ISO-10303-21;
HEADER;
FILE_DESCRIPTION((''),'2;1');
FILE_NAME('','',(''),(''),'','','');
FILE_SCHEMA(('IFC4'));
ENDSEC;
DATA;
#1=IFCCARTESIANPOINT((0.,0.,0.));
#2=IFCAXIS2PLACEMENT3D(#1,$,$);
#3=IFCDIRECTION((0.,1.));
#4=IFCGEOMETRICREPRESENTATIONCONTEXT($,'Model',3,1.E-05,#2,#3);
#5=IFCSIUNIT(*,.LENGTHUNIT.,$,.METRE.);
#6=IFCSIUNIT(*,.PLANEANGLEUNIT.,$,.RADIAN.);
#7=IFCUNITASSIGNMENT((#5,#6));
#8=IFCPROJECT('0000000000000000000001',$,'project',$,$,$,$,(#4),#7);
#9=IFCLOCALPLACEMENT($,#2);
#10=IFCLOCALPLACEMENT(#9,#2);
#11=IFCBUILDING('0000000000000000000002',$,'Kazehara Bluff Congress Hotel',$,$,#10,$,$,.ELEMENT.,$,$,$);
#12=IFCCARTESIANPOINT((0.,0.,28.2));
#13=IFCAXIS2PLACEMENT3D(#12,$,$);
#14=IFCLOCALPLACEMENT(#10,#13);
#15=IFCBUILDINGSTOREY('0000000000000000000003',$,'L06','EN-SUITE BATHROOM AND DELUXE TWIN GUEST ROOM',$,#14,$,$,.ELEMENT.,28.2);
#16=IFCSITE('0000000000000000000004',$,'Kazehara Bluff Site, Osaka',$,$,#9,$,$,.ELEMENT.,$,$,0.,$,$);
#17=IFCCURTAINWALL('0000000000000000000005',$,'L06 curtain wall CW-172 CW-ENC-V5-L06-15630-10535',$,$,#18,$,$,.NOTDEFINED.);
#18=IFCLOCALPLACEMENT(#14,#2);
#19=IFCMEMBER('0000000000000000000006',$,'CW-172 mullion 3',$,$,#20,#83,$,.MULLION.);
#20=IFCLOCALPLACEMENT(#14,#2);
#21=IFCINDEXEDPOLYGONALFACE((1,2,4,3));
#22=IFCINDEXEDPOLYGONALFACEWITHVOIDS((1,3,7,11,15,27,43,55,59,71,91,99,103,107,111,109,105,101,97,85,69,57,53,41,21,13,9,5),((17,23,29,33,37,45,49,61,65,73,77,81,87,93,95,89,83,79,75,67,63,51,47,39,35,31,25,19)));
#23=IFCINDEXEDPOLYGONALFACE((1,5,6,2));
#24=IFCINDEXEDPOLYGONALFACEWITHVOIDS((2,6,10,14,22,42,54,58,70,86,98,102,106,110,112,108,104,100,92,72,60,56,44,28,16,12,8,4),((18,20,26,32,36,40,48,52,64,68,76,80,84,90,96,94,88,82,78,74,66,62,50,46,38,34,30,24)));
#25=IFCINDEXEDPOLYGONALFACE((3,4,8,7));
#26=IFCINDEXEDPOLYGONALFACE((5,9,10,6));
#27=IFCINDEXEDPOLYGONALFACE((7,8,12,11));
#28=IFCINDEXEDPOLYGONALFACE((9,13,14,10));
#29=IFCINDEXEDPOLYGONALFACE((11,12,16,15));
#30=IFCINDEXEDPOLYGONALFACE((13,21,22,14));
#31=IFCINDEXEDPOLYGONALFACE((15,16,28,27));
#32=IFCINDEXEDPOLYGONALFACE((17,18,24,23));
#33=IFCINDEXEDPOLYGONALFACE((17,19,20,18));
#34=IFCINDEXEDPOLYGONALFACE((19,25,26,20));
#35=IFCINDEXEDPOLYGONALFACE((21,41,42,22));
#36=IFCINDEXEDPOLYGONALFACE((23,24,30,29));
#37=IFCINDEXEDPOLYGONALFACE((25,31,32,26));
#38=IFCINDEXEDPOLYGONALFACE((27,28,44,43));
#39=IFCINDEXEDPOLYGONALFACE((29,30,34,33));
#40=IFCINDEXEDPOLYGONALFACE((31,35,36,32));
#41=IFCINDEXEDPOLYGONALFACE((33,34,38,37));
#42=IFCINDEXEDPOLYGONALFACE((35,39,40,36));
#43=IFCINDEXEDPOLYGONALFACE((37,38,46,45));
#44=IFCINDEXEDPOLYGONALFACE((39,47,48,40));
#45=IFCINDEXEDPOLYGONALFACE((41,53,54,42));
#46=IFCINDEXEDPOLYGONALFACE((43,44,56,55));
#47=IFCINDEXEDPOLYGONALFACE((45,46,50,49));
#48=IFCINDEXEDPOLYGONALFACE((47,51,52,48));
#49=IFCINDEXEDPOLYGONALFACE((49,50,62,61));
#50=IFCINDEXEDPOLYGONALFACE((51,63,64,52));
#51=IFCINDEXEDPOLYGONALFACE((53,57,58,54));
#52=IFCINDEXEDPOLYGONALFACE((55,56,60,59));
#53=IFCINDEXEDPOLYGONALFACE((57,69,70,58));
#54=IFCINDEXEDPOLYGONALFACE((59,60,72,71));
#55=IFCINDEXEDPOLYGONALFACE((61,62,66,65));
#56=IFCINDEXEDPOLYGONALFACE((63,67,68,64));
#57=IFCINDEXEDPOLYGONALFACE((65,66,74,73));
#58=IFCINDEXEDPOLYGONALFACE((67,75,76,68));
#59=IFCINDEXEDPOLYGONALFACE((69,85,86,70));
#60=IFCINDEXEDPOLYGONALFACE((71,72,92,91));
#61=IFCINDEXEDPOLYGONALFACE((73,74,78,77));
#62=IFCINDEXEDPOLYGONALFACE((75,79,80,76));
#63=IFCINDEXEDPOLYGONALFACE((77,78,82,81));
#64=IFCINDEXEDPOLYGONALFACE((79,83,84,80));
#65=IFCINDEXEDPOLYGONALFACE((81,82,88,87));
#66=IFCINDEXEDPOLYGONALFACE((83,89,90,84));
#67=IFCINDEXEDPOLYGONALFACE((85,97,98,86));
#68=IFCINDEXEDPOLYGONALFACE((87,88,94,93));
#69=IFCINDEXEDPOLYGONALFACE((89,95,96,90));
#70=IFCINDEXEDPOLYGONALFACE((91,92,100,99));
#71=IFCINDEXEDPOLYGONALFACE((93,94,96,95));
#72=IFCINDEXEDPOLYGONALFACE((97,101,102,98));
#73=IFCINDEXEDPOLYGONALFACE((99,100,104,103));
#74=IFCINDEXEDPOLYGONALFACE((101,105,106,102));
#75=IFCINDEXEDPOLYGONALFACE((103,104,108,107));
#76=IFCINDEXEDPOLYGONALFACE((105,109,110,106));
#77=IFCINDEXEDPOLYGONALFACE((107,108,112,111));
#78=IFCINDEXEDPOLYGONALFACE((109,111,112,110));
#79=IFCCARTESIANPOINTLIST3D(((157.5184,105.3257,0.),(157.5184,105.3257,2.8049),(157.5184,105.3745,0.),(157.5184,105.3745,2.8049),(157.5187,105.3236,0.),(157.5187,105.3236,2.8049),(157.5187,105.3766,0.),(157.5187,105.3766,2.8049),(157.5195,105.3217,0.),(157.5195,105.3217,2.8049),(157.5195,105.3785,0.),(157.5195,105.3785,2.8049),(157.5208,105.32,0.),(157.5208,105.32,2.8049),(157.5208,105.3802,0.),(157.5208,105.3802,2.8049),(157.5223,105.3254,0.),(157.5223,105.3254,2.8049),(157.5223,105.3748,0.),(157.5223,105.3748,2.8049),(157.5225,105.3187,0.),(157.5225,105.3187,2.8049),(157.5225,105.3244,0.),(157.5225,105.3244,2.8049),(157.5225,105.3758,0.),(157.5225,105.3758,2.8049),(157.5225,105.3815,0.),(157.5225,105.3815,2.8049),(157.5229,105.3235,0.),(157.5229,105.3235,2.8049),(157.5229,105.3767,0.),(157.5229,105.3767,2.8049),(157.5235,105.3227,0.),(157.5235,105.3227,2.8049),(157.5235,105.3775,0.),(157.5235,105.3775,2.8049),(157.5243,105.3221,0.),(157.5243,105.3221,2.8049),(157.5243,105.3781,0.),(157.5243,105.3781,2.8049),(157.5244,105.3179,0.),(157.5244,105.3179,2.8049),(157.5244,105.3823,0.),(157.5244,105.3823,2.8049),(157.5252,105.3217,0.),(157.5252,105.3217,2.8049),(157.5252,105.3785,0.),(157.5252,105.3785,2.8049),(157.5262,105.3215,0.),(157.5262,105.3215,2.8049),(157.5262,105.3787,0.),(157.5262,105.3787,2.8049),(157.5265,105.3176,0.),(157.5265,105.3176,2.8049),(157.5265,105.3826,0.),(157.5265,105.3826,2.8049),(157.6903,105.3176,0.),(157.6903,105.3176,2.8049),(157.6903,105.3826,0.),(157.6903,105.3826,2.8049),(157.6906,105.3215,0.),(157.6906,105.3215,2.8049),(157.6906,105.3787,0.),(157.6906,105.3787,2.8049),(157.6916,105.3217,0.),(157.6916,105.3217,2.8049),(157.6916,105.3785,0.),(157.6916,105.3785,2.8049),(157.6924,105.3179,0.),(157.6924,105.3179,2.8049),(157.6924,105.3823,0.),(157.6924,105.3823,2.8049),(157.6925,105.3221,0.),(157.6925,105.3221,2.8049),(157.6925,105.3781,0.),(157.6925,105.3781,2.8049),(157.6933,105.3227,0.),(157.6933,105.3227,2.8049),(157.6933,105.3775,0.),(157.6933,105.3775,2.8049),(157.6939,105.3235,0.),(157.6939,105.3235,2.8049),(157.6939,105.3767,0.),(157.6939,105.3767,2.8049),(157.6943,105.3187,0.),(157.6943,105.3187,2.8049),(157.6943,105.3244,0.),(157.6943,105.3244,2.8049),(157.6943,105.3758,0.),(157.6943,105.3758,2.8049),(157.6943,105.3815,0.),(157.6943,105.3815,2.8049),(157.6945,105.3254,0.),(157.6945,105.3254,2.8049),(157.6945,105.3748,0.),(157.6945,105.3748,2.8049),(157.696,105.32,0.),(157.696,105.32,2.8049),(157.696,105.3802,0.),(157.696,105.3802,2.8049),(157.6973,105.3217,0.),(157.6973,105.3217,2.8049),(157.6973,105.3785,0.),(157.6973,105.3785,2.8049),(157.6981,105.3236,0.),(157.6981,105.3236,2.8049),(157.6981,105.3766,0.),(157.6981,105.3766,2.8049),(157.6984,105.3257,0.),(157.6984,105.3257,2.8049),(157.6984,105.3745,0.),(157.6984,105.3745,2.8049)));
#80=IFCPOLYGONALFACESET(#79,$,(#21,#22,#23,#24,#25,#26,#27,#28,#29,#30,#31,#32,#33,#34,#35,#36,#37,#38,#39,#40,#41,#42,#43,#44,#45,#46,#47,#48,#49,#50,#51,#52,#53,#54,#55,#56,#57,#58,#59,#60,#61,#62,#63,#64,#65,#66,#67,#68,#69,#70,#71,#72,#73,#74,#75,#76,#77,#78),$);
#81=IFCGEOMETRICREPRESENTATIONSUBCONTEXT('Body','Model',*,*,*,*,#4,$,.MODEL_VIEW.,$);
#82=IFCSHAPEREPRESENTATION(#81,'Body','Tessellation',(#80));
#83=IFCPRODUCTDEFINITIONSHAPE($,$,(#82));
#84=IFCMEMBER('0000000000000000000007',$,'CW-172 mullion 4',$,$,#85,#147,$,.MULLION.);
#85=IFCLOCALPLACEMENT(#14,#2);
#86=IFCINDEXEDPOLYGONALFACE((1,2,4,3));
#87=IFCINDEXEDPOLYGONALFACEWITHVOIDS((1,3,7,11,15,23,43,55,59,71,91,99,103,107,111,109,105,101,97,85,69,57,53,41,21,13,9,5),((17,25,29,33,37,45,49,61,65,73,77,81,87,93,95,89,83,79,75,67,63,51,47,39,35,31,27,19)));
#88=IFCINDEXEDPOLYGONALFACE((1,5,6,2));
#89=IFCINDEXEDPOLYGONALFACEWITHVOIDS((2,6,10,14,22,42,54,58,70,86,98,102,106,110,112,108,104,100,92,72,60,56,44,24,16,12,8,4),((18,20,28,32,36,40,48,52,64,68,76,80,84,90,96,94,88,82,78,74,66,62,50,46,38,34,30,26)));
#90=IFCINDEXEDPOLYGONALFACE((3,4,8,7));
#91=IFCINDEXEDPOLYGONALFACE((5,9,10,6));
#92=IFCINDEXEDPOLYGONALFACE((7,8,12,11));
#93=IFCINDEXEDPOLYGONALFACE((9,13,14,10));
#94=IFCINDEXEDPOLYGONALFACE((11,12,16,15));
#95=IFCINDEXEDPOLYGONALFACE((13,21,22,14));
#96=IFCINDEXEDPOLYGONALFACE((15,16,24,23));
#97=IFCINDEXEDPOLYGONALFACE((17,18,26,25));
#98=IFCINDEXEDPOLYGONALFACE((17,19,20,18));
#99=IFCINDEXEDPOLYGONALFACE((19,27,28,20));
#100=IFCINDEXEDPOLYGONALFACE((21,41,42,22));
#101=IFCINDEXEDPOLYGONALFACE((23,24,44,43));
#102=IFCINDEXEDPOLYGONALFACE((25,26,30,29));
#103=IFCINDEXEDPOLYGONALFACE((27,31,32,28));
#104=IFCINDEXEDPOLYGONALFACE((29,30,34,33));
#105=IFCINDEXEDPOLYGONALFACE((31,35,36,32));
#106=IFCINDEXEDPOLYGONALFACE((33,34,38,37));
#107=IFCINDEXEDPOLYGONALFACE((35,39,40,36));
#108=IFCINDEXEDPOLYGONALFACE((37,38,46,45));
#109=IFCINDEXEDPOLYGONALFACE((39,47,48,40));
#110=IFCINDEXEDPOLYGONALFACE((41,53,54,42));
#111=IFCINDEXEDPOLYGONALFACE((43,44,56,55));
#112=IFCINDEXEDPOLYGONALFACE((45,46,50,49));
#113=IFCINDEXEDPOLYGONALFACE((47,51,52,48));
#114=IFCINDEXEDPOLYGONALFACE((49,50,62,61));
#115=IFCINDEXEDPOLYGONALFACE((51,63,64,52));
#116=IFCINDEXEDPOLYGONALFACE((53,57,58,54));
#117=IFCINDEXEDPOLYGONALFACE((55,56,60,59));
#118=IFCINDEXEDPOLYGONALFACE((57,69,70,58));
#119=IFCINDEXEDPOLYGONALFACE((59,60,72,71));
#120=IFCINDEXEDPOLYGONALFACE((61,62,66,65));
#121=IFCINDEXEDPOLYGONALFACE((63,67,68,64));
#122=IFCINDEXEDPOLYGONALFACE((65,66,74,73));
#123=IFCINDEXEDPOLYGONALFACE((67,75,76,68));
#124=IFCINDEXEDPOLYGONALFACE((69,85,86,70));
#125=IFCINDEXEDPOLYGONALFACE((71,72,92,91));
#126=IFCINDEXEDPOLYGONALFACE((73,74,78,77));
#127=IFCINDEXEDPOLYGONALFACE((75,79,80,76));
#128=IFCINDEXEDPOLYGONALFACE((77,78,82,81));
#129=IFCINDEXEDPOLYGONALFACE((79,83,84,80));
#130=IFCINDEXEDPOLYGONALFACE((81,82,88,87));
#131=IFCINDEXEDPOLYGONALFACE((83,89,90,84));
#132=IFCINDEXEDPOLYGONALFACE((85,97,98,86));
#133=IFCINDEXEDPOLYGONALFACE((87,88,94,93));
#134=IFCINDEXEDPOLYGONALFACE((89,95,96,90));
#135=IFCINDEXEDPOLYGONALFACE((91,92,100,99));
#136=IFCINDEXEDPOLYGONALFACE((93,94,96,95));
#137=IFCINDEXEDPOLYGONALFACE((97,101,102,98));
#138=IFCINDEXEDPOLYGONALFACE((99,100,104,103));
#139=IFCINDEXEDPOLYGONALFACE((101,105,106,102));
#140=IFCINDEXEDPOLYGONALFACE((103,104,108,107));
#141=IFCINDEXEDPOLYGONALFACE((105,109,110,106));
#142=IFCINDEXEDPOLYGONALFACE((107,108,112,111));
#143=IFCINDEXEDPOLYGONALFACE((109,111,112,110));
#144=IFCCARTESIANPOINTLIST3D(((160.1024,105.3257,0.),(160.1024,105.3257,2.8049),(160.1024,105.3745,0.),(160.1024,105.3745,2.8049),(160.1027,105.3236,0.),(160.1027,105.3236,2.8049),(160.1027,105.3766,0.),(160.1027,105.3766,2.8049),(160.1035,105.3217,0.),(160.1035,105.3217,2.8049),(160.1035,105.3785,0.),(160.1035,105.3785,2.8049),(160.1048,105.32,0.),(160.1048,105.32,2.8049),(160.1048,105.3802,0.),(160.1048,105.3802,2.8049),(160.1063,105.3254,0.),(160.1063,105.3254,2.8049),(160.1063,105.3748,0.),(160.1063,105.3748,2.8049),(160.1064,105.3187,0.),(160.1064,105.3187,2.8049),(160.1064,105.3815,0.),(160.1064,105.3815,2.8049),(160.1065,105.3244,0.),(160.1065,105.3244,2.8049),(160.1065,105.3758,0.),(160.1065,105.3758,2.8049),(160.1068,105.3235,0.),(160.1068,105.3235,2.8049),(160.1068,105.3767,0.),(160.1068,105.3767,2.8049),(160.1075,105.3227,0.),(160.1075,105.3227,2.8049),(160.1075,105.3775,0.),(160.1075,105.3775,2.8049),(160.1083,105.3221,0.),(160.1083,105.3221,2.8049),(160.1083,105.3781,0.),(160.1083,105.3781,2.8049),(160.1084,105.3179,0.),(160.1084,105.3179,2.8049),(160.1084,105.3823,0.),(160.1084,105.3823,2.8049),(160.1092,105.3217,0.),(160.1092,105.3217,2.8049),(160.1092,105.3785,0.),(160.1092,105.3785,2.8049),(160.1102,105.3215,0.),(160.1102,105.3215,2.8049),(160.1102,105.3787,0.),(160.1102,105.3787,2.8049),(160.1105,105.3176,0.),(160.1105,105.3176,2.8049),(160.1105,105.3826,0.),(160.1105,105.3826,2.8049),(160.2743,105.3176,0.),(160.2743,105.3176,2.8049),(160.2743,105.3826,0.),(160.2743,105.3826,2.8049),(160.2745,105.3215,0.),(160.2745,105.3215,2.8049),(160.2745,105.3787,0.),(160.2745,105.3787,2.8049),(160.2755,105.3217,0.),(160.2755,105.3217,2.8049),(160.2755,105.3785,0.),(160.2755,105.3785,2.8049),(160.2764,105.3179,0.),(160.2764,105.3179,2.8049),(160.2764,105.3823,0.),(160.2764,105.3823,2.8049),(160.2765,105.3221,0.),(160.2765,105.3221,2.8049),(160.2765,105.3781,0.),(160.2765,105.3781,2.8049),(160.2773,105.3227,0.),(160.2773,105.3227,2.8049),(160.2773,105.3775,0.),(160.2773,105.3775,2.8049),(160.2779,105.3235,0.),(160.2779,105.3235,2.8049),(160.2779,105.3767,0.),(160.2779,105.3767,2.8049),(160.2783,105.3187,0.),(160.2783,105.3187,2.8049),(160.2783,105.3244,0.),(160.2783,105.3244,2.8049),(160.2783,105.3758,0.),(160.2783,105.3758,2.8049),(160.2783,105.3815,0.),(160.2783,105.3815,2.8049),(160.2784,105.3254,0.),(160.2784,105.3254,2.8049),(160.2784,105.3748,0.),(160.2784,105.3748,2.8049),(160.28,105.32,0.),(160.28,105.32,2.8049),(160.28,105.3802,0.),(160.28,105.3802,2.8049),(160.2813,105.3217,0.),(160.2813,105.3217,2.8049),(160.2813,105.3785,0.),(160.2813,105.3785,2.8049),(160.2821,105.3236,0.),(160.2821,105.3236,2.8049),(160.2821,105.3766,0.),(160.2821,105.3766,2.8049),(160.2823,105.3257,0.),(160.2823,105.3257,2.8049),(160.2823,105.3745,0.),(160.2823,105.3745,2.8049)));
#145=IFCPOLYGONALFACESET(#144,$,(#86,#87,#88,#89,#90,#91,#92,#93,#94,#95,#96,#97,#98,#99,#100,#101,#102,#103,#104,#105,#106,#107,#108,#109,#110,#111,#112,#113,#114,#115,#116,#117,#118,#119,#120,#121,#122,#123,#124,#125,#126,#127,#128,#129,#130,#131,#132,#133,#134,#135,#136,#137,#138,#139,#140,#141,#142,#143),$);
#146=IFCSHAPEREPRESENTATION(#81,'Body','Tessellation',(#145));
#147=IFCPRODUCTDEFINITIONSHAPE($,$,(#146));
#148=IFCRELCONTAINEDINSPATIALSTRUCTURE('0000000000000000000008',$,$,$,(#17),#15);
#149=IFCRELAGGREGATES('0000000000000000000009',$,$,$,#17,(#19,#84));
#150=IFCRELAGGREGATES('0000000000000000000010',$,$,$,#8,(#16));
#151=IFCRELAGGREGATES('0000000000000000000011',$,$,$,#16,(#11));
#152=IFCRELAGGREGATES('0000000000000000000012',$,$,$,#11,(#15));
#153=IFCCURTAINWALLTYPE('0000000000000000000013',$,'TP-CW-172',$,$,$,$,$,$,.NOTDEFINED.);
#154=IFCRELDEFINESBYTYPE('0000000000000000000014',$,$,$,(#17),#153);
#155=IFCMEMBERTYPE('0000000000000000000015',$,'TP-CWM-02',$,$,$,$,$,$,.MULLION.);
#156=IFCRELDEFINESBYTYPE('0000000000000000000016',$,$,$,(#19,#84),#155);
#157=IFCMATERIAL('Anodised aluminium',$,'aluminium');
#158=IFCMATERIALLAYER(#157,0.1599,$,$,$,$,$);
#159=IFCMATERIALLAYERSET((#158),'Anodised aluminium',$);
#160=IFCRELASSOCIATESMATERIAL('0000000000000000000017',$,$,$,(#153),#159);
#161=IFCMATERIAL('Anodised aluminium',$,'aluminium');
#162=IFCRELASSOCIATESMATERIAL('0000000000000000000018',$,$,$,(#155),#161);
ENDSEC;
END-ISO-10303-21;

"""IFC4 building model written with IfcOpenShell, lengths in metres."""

from ifc_helpers import new_model, si_unit, direction, frame, origin, origin_2d, place, context, subcontext, project, spatial, hollow_rectangle, extrude, material, layer, layer_set, material_profile, profile_set, type_object, element, aggregate, save


model = new_model("IFC4")

# Units and contexts
model_context = context("Model", 3, precision=1e-05, world=origin(), true_north=direction((0.0, 1.0)))
body_context = subcontext(model_context, "Body", "Model", "MODEL_VIEW")
ifc_project = project(units=[si_unit("LENGTHUNIT", "METRE"), si_unit("PLANEANGLEUNIT", "RADIAN")], contexts=[model_context])

# Site, building, storey
site_placement = place(None, origin())
site = spatial("IfcSite", under=ifc_project, at=site_placement, Name="Kazehara Bluff Site, Osaka", CompositionType="ELEMENT", RefElevation=0.0)
building_placement = place(site_placement, origin())
building = spatial("IfcBuilding", under=site, at=building_placement, Name="Kazehara Bluff Congress Hotel", CompositionType="ELEMENT")
storey_placement = place(building_placement, frame((0.0, 0.0, 28.2)))
storey = spatial("IfcBuildingStorey", under=building, at=storey_placement, Name="L06", Description="EN-SUITE BATHROOM AND DELUXE TWIN GUEST ROOM", CompositionType="ELEMENT", Elevation=28.2)

# Curtain wall, members
ifc_material_1 = material(Name="Anodised aluminium", Category="aluminium")
ifc_layer_1 = layer(ifc_material_1, 0.1599)
ifc_layer_set_1 = layer_set([ifc_layer_1], Name="Anodised aluminium")
curtain_wall_type = type_object("IfcCurtainWallType", Name="TP-CW-172", PredefinedType="NOTDEFINED", material=ifc_layer_set_1)
curtain_wall_placement = place(storey_placement, origin())
curtain_wall = element("IfcCurtainWall", 1, at=curtain_wall_placement, inside=storey, type_object=curtain_wall_type, Name="L06 curtain wall CW-172 CW-ENC-V5-L06-15630-10535", PredefinedType="NOTDEFINED")
ifc_material_2 = material(Name="Anodised aluminium", Category="aluminium")
ifc_material_profile_1 = material_profile(ifc_material_2, hollow_rectangle(XDim=0.0649, YDim=0.1799, WallThickness=0.0039, InnerFilletRadius=0.0039, OuterFilletRadius=0.0081, at=origin_2d()))
ifc_profile_set_1 = profile_set([ifc_material_profile_1], Name="Anodised aluminium")
member_type_1 = type_object("IfcMemberType", Name="TP-CWM-02", PredefinedType="MULLION", material=ifc_profile_set_1)
member_1_placement = place(storey_placement, frame((157.6084, 105.3501, 0.0), z_axis=(0.0, 0.0, 1.0), x_axis=(0.0, 1.0, 0.0)))
member_1 = element("IfcMember", 2, at=member_1_placement, type_object=member_type_1, Name="CW-172 mullion 3", PredefinedType="MULLION", context=body_context, shape_type="SweptSolid", body=[
    extrude(hollow_rectangle(XDim=0.0649, YDim=0.1799, WallThickness=0.0039, InnerFilletRadius=0.0039, OuterFilletRadius=0.0081, at=origin_2d()), origin(), (0.0, 0.0, 1.0), 2.8049),
])
member_2_placement = place(storey_placement, frame((160.1924, 105.3501, 0.0), z_axis=(0.0, 0.0, 1.0), x_axis=(0.0, 1.0, 0.0)))
member_2 = element("IfcMember", 3, at=member_2_placement, type_object=member_type_1, Name="CW-172 mullion 4", PredefinedType="MULLION", context=body_context, shape_type="SweptSolid", body=[
    extrude(hollow_rectangle(XDim=0.0649, YDim=0.1799, WallThickness=0.0039, InnerFilletRadius=0.0039, OuterFilletRadius=0.0081, at=origin_2d()), origin(), (0.0, 0.0, 1.0), 2.8049),
])
aggregate(curtain_wall, [member_1, member_2])

save(model, "model.ifc")
